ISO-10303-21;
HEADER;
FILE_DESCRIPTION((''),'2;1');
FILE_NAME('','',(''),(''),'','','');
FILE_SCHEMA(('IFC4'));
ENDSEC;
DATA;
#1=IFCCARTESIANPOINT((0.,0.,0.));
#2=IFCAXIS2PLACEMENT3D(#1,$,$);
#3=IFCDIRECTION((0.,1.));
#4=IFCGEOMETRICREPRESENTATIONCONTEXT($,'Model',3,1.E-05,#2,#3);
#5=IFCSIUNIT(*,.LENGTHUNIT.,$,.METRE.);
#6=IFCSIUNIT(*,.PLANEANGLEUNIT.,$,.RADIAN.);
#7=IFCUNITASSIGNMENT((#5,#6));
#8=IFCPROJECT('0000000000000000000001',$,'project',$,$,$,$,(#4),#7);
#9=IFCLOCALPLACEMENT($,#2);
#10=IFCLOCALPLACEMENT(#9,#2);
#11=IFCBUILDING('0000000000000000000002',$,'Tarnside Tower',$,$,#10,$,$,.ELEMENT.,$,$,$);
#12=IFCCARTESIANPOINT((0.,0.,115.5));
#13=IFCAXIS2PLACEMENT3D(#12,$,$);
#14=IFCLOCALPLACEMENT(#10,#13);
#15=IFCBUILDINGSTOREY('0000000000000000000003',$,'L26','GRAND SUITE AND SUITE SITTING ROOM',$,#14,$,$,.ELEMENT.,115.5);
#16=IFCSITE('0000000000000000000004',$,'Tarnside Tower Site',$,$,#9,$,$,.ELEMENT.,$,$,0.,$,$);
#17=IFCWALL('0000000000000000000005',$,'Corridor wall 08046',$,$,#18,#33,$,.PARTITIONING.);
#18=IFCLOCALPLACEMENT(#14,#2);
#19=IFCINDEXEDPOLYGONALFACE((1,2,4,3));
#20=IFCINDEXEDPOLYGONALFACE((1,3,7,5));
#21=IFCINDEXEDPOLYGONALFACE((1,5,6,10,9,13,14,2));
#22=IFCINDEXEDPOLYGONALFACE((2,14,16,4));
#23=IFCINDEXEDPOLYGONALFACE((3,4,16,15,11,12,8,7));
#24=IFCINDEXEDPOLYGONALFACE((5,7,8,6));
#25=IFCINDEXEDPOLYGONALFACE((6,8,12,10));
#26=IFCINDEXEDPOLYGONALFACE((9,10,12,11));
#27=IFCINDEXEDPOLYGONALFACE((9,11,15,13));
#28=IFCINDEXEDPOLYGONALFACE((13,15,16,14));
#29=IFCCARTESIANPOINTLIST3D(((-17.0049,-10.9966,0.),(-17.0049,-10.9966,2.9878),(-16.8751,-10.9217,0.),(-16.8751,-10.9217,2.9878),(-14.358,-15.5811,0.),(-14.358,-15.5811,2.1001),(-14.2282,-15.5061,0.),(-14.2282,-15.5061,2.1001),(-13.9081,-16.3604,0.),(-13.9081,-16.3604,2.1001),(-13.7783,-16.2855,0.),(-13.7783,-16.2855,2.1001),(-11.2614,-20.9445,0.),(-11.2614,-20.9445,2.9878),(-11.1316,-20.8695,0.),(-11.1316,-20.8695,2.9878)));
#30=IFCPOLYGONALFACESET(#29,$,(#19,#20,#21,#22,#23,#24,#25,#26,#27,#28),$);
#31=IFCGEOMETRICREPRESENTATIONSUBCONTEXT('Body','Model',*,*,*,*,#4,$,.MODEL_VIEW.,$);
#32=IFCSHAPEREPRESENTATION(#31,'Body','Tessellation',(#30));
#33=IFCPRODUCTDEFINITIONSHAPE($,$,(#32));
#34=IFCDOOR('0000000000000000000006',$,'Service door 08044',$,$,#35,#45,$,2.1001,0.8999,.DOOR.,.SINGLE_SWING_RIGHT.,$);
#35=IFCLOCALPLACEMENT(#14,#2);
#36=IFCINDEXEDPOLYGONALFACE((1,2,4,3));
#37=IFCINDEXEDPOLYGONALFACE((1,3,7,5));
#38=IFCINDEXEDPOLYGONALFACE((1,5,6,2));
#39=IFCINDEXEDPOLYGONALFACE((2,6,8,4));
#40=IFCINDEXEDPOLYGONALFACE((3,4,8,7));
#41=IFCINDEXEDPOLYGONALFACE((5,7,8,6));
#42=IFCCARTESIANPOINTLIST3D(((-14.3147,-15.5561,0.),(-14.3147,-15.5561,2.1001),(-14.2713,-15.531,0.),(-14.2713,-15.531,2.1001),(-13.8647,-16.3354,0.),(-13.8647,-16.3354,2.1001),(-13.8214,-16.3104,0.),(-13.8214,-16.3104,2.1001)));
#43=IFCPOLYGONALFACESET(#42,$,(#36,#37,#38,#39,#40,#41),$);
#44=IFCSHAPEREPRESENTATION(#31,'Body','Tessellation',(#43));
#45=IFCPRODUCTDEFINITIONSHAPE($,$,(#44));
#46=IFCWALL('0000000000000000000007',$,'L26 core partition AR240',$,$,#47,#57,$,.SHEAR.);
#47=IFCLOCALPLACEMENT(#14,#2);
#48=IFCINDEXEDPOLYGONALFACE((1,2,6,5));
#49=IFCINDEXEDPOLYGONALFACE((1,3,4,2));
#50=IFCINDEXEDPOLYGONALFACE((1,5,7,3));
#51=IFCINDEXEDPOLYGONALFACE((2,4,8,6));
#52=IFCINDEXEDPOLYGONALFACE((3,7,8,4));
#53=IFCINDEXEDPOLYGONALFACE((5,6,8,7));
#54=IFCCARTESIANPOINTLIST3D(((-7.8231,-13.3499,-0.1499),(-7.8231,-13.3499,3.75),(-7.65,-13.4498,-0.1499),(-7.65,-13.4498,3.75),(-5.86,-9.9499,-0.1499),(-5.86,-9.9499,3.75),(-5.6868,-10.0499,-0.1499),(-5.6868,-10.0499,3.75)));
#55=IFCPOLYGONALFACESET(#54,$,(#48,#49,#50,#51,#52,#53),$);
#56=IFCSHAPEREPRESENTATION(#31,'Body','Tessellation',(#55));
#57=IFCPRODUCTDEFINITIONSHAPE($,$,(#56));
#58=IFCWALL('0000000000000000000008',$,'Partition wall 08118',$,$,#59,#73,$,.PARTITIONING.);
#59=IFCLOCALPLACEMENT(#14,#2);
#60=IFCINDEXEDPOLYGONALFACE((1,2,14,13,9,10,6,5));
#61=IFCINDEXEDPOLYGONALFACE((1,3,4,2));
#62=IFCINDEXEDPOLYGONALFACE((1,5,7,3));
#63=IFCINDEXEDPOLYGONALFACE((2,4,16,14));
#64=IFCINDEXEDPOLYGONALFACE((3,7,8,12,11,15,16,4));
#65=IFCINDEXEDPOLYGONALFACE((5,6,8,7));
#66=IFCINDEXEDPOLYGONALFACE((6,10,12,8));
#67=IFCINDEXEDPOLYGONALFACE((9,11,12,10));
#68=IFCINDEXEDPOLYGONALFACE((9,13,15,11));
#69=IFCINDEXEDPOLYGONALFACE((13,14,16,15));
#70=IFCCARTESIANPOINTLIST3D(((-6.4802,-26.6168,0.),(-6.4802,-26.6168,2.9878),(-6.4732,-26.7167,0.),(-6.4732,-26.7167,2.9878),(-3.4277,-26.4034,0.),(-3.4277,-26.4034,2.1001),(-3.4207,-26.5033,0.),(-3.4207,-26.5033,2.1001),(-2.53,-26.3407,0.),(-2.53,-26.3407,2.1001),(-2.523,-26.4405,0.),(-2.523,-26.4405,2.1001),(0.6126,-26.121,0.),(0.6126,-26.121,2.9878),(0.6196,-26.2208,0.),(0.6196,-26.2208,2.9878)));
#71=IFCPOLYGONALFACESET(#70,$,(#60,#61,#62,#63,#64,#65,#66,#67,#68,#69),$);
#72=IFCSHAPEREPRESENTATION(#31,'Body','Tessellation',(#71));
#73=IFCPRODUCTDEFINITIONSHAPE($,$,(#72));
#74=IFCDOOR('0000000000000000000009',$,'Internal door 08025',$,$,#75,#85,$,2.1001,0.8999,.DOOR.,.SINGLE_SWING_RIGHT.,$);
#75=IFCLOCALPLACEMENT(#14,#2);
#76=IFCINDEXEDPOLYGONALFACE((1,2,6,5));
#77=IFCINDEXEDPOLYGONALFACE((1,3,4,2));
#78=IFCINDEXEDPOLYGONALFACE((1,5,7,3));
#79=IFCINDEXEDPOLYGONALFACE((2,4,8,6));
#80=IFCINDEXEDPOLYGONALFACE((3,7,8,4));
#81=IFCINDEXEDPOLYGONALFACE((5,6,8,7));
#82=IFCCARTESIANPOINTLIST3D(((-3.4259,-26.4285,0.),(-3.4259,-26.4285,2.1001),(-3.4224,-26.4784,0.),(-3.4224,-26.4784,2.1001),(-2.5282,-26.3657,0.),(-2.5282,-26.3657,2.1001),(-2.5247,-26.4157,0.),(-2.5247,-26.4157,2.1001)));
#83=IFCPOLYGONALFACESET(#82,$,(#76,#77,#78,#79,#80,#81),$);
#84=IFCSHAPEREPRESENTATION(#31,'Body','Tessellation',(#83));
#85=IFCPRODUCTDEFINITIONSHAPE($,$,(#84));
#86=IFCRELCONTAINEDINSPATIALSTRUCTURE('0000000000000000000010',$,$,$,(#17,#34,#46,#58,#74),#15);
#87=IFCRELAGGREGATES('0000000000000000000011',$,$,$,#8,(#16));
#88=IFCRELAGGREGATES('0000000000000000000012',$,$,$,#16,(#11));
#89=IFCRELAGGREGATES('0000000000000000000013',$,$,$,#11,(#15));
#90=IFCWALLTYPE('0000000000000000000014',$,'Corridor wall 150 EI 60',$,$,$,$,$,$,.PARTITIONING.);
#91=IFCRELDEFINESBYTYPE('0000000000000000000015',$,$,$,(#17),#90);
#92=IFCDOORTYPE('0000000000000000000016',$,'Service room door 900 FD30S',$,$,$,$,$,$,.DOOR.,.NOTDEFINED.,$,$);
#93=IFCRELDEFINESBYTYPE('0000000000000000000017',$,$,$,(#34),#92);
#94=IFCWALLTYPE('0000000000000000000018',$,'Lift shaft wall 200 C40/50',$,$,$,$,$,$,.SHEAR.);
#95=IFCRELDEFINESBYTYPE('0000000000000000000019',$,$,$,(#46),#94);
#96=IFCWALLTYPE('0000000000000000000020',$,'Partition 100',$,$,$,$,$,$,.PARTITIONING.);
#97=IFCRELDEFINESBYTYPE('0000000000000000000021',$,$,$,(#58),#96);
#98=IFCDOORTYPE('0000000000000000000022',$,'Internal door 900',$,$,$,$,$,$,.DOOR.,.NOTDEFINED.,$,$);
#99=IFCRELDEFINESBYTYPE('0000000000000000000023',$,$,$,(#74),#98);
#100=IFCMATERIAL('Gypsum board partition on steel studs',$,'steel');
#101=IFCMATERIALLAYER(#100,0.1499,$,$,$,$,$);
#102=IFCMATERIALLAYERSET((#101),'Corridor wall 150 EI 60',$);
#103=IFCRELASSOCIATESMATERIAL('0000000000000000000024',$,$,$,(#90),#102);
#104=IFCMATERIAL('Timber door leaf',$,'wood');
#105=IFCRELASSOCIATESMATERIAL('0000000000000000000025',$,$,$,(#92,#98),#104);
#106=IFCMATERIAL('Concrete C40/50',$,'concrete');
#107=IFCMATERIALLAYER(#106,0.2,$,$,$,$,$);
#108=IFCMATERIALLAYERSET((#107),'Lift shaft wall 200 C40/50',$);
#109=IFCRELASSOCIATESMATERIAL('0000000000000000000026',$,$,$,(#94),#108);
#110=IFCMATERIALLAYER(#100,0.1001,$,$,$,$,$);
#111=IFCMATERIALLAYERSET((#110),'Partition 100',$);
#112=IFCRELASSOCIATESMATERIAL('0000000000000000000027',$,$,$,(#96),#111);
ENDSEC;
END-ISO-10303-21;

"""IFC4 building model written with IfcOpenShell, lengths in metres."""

from ifc_helpers import new_model, si_unit, direction, frame, frame_2d, origin, place, context, subcontext, project, spatial, rectangle, extrude, material, layer, layer_set, type_object, element, fill, save


model = new_model("IFC4")

# Units and contexts
model_context = context("Model", 3, precision=1e-05, world=origin(), true_north=direction((0.0, 1.0)))
body_context = subcontext(model_context, "Body", "Model", "MODEL_VIEW")
ifc_project = project(units=[si_unit("LENGTHUNIT", "METRE"), si_unit("PLANEANGLEUNIT", "RADIAN")], contexts=[model_context])

# Site, building, storey
site_placement = place(None, origin())
site = spatial("IfcSite", under=ifc_project, at=site_placement, Name="Tarnside Tower Site", CompositionType="ELEMENT", RefElevation=0.0)
building_placement = place(site_placement, origin())
building = spatial("IfcBuilding", under=site, at=building_placement, Name="Tarnside Tower", CompositionType="ELEMENT")
storey_placement = place(building_placement, frame((0.0, 0.0, 115.5)))
storey = spatial("IfcBuildingStorey", under=building, at=storey_placement, Name="L26", Description="GRAND SUITE AND SUITE SITTING ROOM", CompositionType="ELEMENT", Elevation=115.5)

# Shared definitions
ifc_material_1 = material(Name="Gypsum board partition on steel studs", Category="steel")
ifc_material_2 = material(Name="Timber door leaf", Category="wood")

# Shared definitions
ifc_layer_1 = layer(ifc_material_1, 0.1499)
ifc_layer_set_1 = layer_set([ifc_layer_1], Name="Corridor wall 150 EI 60")
wall_type_1 = type_object("IfcWallType", Name="Corridor wall 150 EI 60", PredefinedType="PARTITIONING", material=ifc_layer_set_1)

# Wall, opening, door
wall_1_placement = place(storey_placement, frame((-11.1965, -20.907, 0.0), z_axis=(0.0, 0.0, 1.0), x_axis=(-0.500005, 0.866023, 0.0)))
wall_1 = element("IfcWall", 1, at=wall_1_placement, inside=storey, type_object=wall_type_1, Name="Corridor wall 08046", PredefinedType="PARTITIONING", context=body_context, shape_type="SweptSolid", body=[
    extrude(rectangle(XDim=11.4868, YDim=0.1499, at=frame_2d((5.7434, 0.0))), origin(), (0.0, 0.0, 1.0), 2.9878),
])
opening_1_placement = place(wall_1_placement, frame((5.2932, 0.0, 0.0)))
opening_1 = element("IfcOpeningElement", 2, at=opening_1_placement, cuts=wall_1, PredefinedType="OPENING", context=body_context, shape_type="SweptSolid", body=[
    extrude(rectangle(XDim=0.8999, YDim=2.1001, at=frame_2d((0.45, 1.05))), frame((0.0, 0.085, 0.0), z_axis=(0.0, -1.0, 0.0), x_axis=(1.0, 0.0, 0.0)), (0.0, 0.0, 1.0), 0.1699),
])
door_type_1 = type_object("IfcDoorType", Name="Service room door 900 FD30S", OperationType="NOTDEFINED", PredefinedType="DOOR", material=ifc_material_2)
door_1_placement = place(opening_1_placement, origin())
door_1 = element("IfcDoor", 3, at=door_1_placement, inside=storey, type_object=door_type_1, Name="Service door 08044", OperationType="SINGLE_SWING_RIGHT", OverallHeight=2.1001, OverallWidth=0.8999, PredefinedType="DOOR", context=body_context, shape_type="SweptSolid", body=[
    extrude(rectangle(XDim=0.8999, YDim=2.1001, at=frame_2d((0.45, 1.05))), frame((0.0, 0.0249, 0.0), z_axis=(0.0, -1.0, 0.0), x_axis=(1.0, 0.0, 0.0)), (0.0, 0.0, 1.0), 0.05),
])
fill(opening_1, door_1)

# Wall
ifc_material_3 = material(Name="Concrete C40/50", Category="concrete")
ifc_layer_2 = layer(ifc_material_3, 0.2)
ifc_layer_set_2 = layer_set([ifc_layer_2], Name="Lift shaft wall 200 C40/50")
wall_type_2 = type_object("IfcWallType", Name="Lift shaft wall 200 C40/50", PredefinedType="SHEAR", material=ifc_layer_set_2)
wall_2_placement = place(storey_placement, frame((-5.7734, -10.0, -0.1499), z_axis=(0.0, 0.0, 1.0), x_axis=(-0.500038, -0.866003, 0.0)))
element("IfcWall", 4, at=wall_2_placement, inside=storey, type_object=wall_type_2, Name="L26 core partition AR240", PredefinedType="SHEAR", context=body_context, shape_type="SweptSolid", body=[
    extrude(rectangle(XDim=3.926, YDim=0.2, at=frame_2d((1.9629, 0.0))), origin(), (0.0, 0.0, 1.0), 3.8999),
])

# Wall, opening, door
ifc_layer_3 = layer(ifc_material_1, 0.1001)
ifc_layer_set_3 = layer_set([ifc_layer_3], Name="Partition 100")
wall_type_3 = type_object("IfcWallType", Name="Partition 100", PredefinedType="PARTITIONING", material=ifc_layer_set_3)
wall_3_placement = place(storey_placement, frame((-6.4768, -26.6667, 0.0), z_axis=(0.0, 0.0, 1.0), x_axis=(0.997565, 0.069739, 0.0)))
wall_3 = element("IfcWall", 5, at=wall_3_placement, inside=storey, type_object=wall_type_3, Name="Partition wall 08118", PredefinedType="PARTITIONING", context=body_context, shape_type="SweptSolid", body=[
    extrude(rectangle(XDim=7.1101, YDim=0.1001, at=frame_2d((3.5552, 0.0))), origin(), (0.0, 0.0, 1.0), 2.9878),
])
opening_2_placement = place(wall_3_placement, frame((3.0601, 0.0, 0.0)))
opening_2 = element("IfcOpeningElement", 6, at=opening_2_placement, cuts=wall_3, PredefinedType="OPENING", context=body_context, shape_type="SweptSolid", body=[
    extrude(rectangle(XDim=0.8999, YDim=2.1001, at=frame_2d((0.45, 1.05))), frame((0.0, 0.0601, 0.0), z_axis=(0.0, -1.0, 0.0), x_axis=(1.0, 0.0, 0.0)), (0.0, 0.0, 1.0), 0.1201),
])
door_type_2 = type_object("IfcDoorType", Name="Internal door 900", OperationType="NOTDEFINED", PredefinedType="DOOR", material=ifc_material_2)
door_2_placement = place(opening_2_placement, origin())
door_2 = element("IfcDoor", 7, at=door_2_placement, inside=storey, type_object=door_type_2, Name="Internal door 08025", OperationType="SINGLE_SWING_RIGHT", OverallHeight=2.1001, OverallWidth=0.8999, PredefinedType="DOOR", context=body_context, shape_type="SweptSolid", body=[
    extrude(rectangle(XDim=0.8999, YDim=2.1001, at=frame_2d((0.45, 1.05))), frame((0.0, 0.0249, 0.0), z_axis=(0.0, -1.0, 0.0), x_axis=(1.0, 0.0, 0.0)), (0.0, 0.0, 1.0), 0.05),
])
fill(opening_2, door_2)

save(model, "model.ifc")
